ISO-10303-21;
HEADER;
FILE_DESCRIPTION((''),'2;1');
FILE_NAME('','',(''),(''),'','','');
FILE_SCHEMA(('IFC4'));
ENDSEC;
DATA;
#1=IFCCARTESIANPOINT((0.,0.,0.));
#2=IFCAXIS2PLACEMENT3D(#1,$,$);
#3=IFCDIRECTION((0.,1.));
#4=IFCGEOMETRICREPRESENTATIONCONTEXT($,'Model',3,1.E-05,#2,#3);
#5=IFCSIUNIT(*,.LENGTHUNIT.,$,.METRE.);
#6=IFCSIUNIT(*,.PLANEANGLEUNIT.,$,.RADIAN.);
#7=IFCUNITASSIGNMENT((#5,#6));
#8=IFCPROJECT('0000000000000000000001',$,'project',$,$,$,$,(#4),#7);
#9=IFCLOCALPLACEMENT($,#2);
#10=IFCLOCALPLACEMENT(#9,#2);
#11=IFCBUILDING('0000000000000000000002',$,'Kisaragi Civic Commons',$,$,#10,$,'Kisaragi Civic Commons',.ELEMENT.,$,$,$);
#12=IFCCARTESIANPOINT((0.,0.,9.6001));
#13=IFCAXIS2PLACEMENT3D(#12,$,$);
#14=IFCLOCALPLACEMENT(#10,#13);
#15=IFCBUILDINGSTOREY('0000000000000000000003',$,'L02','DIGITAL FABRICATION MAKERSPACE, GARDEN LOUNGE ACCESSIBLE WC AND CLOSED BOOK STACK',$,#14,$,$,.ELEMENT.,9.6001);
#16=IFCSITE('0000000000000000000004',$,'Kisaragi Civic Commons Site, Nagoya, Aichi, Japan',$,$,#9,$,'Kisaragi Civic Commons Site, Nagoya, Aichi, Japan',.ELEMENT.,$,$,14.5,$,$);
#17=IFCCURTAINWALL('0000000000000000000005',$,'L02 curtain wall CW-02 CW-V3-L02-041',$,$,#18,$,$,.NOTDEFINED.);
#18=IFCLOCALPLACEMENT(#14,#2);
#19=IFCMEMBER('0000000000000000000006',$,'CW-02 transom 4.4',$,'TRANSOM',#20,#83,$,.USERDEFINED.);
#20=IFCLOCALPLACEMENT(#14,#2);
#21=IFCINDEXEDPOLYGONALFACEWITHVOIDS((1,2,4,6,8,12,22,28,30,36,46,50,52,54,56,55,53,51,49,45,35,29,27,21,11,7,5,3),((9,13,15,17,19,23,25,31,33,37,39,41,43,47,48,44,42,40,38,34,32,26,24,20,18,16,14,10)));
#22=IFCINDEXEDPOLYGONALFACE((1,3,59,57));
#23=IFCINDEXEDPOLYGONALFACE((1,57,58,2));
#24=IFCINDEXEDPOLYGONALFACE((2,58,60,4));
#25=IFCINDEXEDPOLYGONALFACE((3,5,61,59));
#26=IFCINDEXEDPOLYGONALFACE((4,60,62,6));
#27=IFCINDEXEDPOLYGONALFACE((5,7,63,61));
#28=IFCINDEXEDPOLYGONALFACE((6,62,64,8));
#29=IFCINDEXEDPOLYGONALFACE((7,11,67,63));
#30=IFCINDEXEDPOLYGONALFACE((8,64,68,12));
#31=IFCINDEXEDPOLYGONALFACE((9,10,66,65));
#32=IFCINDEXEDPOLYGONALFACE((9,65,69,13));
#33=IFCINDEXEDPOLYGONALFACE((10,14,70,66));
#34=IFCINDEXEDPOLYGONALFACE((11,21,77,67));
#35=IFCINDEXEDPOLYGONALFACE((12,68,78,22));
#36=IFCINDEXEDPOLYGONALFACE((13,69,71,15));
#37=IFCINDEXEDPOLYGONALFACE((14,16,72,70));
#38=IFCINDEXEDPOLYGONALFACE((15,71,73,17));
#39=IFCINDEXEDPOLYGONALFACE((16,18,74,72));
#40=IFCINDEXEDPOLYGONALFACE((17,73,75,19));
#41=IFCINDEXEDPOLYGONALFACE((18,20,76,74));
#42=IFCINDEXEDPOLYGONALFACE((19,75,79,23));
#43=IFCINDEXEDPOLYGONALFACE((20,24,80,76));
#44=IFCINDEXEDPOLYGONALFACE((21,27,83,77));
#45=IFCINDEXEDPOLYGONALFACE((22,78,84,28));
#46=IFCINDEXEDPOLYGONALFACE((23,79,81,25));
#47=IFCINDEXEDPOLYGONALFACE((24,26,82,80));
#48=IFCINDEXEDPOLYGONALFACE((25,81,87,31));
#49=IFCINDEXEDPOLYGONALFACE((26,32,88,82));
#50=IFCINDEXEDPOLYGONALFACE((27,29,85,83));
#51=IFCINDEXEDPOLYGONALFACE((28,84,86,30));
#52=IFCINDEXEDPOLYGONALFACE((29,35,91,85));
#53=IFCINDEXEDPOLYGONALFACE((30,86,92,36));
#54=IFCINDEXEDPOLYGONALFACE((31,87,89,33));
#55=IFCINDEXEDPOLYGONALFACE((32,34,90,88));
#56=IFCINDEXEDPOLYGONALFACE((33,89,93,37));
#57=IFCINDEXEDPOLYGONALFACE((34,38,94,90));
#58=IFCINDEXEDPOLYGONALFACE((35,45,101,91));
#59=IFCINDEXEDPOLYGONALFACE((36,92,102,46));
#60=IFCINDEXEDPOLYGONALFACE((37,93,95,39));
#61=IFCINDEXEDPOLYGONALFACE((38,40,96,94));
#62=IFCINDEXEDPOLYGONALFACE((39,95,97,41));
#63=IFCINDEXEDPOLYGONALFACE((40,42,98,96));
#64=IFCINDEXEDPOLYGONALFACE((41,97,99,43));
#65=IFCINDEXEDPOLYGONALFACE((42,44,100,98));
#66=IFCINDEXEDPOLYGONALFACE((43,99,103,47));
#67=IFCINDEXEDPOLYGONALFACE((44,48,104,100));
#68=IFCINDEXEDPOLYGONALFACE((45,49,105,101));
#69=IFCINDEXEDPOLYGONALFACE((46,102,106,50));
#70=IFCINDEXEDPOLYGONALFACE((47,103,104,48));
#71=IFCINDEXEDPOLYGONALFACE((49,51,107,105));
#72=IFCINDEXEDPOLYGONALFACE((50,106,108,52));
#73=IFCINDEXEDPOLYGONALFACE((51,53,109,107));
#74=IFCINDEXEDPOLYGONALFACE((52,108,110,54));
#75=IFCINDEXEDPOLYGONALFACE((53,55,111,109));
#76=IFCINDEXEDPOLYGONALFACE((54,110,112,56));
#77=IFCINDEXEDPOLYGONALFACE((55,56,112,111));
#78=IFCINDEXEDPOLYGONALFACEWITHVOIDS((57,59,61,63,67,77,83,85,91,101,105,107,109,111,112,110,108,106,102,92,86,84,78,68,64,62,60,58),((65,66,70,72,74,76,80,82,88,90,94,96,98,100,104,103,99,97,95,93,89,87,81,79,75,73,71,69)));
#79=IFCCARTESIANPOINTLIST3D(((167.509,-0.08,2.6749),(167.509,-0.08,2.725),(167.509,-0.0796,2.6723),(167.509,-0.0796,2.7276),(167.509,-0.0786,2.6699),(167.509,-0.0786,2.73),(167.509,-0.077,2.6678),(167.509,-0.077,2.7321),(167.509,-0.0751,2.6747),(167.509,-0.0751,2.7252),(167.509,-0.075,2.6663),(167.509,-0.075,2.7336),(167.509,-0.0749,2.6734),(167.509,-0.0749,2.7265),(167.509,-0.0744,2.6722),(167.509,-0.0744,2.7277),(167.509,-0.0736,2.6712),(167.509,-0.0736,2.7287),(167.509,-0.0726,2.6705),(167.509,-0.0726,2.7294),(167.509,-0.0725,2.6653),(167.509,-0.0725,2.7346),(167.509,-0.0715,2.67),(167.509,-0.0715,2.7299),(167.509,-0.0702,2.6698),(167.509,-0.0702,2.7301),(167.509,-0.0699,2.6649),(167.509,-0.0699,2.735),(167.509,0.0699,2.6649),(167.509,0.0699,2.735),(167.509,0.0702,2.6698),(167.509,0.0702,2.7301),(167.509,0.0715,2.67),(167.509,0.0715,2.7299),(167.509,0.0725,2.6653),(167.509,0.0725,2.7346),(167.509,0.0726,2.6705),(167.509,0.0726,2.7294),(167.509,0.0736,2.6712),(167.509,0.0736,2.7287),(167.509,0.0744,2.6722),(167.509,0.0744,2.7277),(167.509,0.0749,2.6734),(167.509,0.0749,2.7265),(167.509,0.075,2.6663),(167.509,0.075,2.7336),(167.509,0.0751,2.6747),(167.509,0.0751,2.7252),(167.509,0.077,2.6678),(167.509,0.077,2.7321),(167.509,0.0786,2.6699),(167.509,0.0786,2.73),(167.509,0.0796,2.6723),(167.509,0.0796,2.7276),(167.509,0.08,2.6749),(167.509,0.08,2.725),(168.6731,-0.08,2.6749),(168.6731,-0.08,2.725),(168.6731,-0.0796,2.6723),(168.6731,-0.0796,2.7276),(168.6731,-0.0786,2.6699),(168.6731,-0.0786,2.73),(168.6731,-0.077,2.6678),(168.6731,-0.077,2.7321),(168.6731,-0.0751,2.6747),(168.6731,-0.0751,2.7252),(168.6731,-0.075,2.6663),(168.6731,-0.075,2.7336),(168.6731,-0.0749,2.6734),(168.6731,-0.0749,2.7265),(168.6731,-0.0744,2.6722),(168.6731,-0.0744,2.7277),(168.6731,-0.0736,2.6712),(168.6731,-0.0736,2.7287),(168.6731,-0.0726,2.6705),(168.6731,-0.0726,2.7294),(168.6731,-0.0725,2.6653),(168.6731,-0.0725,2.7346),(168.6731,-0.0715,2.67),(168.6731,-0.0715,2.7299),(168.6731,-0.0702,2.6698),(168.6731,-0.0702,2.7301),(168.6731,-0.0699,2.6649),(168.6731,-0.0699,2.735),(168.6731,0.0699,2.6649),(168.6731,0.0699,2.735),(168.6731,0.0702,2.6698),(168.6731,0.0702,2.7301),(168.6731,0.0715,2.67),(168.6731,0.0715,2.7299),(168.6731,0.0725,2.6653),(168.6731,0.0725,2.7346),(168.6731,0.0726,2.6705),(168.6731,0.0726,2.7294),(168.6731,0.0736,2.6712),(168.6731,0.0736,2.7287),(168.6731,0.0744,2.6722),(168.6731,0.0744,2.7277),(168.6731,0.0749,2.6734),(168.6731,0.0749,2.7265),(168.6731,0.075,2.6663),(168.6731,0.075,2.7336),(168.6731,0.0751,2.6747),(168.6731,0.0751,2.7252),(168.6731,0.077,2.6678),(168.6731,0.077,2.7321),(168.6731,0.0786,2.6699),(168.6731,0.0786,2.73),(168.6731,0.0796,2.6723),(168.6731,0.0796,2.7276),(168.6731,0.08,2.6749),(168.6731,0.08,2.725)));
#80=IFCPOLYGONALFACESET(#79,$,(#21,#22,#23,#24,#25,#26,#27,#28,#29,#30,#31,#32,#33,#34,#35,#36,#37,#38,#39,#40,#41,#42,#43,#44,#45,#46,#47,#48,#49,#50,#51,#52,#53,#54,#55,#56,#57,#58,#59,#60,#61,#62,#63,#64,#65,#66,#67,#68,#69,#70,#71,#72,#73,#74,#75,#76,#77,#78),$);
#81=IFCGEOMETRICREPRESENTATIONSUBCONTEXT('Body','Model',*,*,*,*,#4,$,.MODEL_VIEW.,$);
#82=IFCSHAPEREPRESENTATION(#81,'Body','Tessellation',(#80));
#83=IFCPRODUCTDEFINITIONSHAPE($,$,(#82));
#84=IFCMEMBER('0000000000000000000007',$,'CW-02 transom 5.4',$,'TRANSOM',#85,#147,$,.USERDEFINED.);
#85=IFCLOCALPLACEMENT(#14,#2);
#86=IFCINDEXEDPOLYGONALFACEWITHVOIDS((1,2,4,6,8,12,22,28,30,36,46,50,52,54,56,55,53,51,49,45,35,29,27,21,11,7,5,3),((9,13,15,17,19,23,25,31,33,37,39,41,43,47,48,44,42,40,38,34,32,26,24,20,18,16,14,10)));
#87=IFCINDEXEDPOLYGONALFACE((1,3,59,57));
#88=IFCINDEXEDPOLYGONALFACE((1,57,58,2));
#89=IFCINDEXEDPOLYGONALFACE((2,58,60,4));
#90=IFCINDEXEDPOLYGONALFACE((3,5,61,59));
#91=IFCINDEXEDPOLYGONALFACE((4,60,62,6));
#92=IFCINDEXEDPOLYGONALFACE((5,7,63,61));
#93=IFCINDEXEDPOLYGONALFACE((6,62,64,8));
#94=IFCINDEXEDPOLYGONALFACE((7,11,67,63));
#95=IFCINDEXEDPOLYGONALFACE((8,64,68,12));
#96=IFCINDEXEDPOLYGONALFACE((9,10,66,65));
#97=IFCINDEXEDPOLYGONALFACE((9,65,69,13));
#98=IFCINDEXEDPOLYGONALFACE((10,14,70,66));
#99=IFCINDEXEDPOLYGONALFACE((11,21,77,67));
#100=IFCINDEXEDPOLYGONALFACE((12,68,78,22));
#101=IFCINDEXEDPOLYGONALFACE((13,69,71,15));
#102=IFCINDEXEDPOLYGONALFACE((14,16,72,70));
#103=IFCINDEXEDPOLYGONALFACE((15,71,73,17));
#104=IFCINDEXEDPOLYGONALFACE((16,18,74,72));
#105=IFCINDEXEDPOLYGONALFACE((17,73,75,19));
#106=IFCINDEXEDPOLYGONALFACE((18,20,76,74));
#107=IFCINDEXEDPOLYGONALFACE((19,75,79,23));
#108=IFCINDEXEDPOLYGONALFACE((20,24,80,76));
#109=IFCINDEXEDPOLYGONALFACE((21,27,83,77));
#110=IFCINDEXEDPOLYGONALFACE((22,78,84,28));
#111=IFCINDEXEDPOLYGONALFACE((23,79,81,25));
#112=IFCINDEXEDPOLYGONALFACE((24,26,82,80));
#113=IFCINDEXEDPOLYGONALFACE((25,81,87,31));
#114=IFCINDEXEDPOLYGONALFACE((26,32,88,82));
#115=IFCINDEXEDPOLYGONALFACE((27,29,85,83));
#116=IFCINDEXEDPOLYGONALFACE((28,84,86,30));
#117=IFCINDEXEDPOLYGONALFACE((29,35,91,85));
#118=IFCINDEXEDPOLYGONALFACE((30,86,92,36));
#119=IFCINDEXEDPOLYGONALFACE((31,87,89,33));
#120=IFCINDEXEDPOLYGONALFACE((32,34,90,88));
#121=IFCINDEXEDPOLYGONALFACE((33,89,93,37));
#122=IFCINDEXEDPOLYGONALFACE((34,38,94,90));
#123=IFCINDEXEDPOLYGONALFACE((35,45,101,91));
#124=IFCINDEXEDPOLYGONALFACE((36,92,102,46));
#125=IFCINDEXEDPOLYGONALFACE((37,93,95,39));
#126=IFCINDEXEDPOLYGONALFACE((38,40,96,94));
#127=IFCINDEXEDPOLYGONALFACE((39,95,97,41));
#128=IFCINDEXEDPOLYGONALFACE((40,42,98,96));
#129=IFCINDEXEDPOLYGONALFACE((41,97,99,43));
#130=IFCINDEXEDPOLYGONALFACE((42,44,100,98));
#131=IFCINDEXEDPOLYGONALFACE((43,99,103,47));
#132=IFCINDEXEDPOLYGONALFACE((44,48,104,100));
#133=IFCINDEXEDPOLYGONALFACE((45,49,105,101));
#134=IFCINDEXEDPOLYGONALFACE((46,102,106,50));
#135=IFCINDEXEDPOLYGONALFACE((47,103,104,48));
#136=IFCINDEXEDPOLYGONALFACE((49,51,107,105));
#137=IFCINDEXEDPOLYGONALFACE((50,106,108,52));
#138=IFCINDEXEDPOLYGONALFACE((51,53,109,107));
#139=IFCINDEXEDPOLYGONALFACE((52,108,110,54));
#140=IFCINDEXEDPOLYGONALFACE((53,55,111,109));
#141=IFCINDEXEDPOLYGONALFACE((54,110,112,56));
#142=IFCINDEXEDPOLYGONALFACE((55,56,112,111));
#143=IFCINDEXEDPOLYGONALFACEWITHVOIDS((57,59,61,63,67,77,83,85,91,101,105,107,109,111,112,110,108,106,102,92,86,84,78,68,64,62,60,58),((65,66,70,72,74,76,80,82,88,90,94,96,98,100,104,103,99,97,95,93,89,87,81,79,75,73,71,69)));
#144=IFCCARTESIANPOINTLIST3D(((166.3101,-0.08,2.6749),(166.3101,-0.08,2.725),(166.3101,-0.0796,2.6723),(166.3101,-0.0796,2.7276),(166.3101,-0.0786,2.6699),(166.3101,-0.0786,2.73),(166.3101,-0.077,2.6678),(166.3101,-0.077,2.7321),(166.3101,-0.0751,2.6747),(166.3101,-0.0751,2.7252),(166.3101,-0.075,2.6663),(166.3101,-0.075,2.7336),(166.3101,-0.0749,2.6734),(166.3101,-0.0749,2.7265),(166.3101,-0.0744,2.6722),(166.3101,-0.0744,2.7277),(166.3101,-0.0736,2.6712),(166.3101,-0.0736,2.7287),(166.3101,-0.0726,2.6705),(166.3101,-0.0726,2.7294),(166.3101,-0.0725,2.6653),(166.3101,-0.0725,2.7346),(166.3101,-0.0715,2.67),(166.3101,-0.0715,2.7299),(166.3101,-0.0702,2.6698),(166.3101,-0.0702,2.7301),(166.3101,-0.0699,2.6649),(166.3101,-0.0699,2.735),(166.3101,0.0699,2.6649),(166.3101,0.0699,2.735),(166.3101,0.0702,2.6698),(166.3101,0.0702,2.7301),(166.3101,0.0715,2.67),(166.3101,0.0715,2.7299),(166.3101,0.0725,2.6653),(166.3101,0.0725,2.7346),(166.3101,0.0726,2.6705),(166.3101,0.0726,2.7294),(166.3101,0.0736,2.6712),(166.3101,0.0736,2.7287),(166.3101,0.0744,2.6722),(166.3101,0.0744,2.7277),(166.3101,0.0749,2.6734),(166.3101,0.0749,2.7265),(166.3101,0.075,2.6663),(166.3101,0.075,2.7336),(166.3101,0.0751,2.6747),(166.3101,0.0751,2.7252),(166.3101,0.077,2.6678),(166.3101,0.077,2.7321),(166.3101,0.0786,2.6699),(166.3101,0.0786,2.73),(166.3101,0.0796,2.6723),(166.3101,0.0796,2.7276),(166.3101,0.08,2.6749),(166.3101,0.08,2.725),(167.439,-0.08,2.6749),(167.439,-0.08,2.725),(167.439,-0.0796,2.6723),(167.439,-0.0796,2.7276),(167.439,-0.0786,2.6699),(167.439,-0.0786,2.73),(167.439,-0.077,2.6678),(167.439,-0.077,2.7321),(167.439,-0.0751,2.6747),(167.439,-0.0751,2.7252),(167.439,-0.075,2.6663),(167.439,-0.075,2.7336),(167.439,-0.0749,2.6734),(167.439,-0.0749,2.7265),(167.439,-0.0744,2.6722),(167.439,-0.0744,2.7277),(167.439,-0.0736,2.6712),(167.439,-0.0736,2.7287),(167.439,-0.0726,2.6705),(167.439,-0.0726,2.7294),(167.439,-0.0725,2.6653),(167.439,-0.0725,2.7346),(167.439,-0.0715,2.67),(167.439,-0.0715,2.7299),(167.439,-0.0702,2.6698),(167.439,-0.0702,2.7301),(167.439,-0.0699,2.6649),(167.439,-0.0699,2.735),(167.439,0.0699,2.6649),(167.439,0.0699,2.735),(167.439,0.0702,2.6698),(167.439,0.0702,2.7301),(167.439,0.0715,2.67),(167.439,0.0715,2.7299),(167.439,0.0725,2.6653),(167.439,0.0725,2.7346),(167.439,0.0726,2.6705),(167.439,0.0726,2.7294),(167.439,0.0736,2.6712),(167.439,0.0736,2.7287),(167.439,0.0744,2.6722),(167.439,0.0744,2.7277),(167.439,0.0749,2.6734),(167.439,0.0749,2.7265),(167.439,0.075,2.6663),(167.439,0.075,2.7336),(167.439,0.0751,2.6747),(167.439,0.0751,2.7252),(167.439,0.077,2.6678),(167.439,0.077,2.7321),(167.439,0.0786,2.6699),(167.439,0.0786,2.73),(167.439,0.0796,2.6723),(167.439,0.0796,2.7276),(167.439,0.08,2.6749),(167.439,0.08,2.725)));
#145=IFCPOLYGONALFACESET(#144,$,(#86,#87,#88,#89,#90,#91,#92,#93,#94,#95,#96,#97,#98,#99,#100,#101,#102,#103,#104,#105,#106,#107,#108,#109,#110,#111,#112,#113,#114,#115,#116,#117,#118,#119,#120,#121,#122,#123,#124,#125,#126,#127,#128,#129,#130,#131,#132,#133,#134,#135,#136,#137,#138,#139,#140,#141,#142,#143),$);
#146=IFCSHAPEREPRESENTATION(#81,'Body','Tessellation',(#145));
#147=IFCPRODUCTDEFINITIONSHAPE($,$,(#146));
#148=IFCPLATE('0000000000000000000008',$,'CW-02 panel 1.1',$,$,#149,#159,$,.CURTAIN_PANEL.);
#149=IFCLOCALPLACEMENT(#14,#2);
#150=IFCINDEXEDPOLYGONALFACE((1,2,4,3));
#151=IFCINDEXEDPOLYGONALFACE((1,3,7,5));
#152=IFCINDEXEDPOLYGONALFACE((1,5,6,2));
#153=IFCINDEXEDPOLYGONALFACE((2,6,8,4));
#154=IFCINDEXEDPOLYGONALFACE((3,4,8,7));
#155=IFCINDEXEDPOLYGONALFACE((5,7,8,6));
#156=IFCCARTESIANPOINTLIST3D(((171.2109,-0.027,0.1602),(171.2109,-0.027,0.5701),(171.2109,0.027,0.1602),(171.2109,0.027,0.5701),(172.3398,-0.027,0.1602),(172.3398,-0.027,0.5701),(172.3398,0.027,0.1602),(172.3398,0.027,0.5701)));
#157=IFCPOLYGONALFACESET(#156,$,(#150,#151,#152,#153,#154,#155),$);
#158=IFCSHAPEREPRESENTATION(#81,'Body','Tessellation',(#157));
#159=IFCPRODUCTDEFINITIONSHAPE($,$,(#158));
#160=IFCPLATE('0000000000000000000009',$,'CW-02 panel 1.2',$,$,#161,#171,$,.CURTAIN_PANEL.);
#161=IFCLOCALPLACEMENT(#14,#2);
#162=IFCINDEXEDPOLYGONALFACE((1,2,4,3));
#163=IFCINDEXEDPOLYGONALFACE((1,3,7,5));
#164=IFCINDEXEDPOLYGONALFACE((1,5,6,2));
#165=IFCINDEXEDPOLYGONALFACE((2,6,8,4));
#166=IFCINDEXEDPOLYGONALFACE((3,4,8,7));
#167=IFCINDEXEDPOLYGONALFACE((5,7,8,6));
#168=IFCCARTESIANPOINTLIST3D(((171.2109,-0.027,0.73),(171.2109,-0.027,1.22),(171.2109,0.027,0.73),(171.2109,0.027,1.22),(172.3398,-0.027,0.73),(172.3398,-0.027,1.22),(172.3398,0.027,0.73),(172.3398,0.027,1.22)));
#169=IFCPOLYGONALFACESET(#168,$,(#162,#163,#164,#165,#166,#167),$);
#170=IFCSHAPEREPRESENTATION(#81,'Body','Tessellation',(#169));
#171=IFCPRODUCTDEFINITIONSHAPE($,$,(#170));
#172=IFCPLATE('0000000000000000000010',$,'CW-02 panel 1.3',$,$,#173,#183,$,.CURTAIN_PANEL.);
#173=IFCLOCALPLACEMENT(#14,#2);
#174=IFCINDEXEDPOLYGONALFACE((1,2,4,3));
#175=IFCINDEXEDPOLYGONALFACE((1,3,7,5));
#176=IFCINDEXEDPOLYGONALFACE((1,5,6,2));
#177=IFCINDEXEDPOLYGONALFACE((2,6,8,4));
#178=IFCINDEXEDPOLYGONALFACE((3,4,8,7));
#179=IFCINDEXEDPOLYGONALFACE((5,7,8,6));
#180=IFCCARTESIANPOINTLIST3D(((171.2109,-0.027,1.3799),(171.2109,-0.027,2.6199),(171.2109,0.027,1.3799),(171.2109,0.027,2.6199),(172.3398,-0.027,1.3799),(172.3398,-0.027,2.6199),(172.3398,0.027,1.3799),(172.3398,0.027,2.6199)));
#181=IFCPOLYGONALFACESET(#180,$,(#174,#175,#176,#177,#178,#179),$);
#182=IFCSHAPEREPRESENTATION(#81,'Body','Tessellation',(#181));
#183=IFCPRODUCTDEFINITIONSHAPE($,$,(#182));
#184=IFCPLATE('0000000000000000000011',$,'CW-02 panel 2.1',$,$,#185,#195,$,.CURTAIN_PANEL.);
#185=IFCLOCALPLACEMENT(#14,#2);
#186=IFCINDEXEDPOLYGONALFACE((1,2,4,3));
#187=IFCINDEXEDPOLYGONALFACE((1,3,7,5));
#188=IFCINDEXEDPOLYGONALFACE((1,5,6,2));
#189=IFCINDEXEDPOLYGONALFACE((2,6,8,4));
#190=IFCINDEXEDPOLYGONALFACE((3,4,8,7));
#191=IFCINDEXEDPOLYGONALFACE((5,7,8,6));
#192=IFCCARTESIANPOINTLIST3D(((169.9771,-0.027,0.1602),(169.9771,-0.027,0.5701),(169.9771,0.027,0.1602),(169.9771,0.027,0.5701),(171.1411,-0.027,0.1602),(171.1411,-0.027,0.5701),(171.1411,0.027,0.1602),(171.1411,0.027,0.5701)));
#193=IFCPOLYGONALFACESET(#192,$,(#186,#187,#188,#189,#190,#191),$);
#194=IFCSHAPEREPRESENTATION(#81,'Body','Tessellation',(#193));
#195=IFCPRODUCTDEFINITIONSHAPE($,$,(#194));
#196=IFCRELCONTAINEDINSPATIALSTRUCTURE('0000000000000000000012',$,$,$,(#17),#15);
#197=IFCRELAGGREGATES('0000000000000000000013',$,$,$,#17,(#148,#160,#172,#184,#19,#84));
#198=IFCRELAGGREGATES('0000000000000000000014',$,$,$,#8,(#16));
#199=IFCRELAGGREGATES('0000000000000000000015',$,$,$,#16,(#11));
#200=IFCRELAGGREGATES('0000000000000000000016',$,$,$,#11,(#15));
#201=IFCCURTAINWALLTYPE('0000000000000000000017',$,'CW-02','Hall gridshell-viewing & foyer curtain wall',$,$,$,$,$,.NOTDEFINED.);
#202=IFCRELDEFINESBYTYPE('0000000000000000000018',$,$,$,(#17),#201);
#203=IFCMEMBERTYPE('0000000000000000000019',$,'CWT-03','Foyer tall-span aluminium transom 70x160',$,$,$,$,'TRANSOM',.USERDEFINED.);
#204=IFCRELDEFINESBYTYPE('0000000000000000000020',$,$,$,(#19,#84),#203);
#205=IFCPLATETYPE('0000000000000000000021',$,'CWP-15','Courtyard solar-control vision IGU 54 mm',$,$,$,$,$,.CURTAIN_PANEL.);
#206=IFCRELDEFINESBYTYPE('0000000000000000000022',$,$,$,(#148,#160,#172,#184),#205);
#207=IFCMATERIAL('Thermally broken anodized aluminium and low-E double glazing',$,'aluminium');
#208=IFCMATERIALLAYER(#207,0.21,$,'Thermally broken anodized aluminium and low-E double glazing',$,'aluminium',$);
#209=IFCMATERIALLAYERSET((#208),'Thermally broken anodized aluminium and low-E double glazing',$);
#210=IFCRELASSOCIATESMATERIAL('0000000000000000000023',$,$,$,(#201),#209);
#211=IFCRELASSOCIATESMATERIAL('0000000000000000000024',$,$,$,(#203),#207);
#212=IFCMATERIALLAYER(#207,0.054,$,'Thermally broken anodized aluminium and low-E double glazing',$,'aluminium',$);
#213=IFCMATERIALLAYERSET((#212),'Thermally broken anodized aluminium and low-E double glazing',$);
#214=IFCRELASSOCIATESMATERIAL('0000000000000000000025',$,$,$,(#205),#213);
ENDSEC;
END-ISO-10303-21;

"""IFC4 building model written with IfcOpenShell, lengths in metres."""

from ifc_helpers import new_model, si_unit, direction, frame, origin, origin_2d, place, context, subcontext, project, spatial, rectangle, hollow_rectangle, extrude, material, layer, layer_set, material_profile, profile_set, type_object, element, aggregate, save


model = new_model("IFC4")

# Units and contexts
model_context = context("Model", 3, precision=1e-05, world=origin(), true_north=direction((0.0, 1.0)))
body_context = subcontext(model_context, "Body", "Model", "MODEL_VIEW")
ifc_project = project(units=[si_unit("LENGTHUNIT", "METRE"), si_unit("PLANEANGLEUNIT", "RADIAN")], contexts=[model_context])

# Site, building, storey
site_placement = place(None, origin())
site = spatial("IfcSite", under=ifc_project, at=site_placement, Name="Kisaragi Civic Commons Site, Nagoya, Aichi, Japan", LongName="Kisaragi Civic Commons Site, Nagoya, Aichi, Japan", CompositionType="ELEMENT", RefElevation=14.5)
building_placement = place(site_placement, origin())
building = spatial("IfcBuilding", under=site, at=building_placement, Name="Kisaragi Civic Commons", LongName="Kisaragi Civic Commons", CompositionType="ELEMENT")
storey_placement = place(building_placement, frame((0.0, 0.0, 9.6001)))
storey = spatial("IfcBuildingStorey", under=building, at=storey_placement, Name="L02", Description="DIGITAL FABRICATION MAKERSPACE, GARDEN LOUNGE ACCESSIBLE WC AND CLOSED BOOK STACK", CompositionType="ELEMENT", Elevation=9.6001)

# Curtain wall, members, plates
ifc_material_1 = material(Name="Thermally broken anodized aluminium and low-E double glazing", Category="aluminium")
ifc_layer_1 = layer(ifc_material_1, 0.21, Name="Thermally broken anodized aluminium and low-E double glazing", Category="aluminium")
ifc_layer_set_1 = layer_set([ifc_layer_1], Name="Thermally broken anodized aluminium and low-E double glazing")
curtain_wall_type = type_object("IfcCurtainWallType", Name="CW-02", Description="Hall gridshell-viewing & foyer curtain wall", PredefinedType="NOTDEFINED", material=ifc_layer_set_1)
curtain_wall_placement = place(storey_placement, origin())
curtain_wall = element("IfcCurtainWall", 1, at=curtain_wall_placement, inside=storey, type_object=curtain_wall_type, Name="L02 curtain wall CW-02 CW-V3-L02-041", PredefinedType="NOTDEFINED")
ifc_material_profile_1 = material_profile(ifc_material_1, hollow_rectangle(XDim=0.1599, YDim=0.0701, WallThickness=0.0049, InnerFilletRadius=0.0049, OuterFilletRadius=0.01, at=origin_2d()), Name="CWT-70x160x5", Category="aluminium")
ifc_profile_set_1 = profile_set([ifc_material_profile_1], Name="Thermally broken anodized aluminium and low-E double glazing")
member_type_1 = type_object("IfcMemberType", Name="CWT-03", Description="Foyer tall-span aluminium transom 70x160", ElementType="TRANSOM", PredefinedType="USERDEFINED", material=ifc_profile_set_1)
member_1_placement = place(storey_placement, frame((168.6731, 0.0, 2.7), z_axis=(-1.0, 0.0, 0.0), x_axis=(0.0, -1.0, 0.0)))
member_1 = element("IfcMember", 2, at=member_1_placement, type_object=member_type_1, Name="CW-02 transom 4.4", ObjectType="TRANSOM", PredefinedType="USERDEFINED", context=body_context, shape_type="SweptSolid", body=[
    extrude(hollow_rectangle(XDim=0.1599, YDim=0.0701, WallThickness=0.0049, InnerFilletRadius=0.0049, OuterFilletRadius=0.01, at=origin_2d()), origin(), (0.0, 0.0, 1.0), 1.1641),
])
member_2_placement = place(storey_placement, frame((167.439, 0.0, 2.7), z_axis=(-1.0, 0.0, 0.0), x_axis=(0.0, -1.0, 0.0)))
member_2 = element("IfcMember", 3, at=member_2_placement, type_object=member_type_1, Name="CW-02 transom 5.4", ObjectType="TRANSOM", PredefinedType="USERDEFINED", context=body_context, shape_type="SweptSolid", body=[
    extrude(hollow_rectangle(XDim=0.1599, YDim=0.0701, WallThickness=0.0049, InnerFilletRadius=0.0049, OuterFilletRadius=0.01, at=origin_2d()), origin(), (0.0, 0.0, 1.0), 1.1289),
])
ifc_layer_2 = layer(ifc_material_1, 0.054, Name="Thermally broken anodized aluminium and low-E double glazing", Category="aluminium")
ifc_layer_set_2 = layer_set([ifc_layer_2], Name="Thermally broken anodized aluminium and low-E double glazing")
plate_type = type_object("IfcPlateType", Name="CWP-15", Description="Courtyard solar-control vision IGU 54 mm", PredefinedType="CURTAIN_PANEL", material=ifc_layer_set_2)
plate_1_placement = place(storey_placement, frame((171.7754, 0.0, 0.1602), z_axis=(0.0, 0.0, 1.0), x_axis=(-1.0, 0.0, 0.0)))
plate_1 = element("IfcPlate", 4, at=plate_1_placement, type_object=plate_type, Name="CW-02 panel 1.1", PredefinedType="CURTAIN_PANEL", context=body_context, shape_type="SweptSolid", body=[
    extrude(rectangle(XDim=1.1289, YDim=0.054, at=origin_2d()), origin(), (0.0, 0.0, 1.0), 0.4099),
])
plate_2_placement = place(storey_placement, frame((171.7754, 0.0, 0.73), z_axis=(0.0, 0.0, 1.0), x_axis=(-1.0, 0.0, 0.0)))
plate_2 = element("IfcPlate", 5, at=plate_2_placement, type_object=plate_type, Name="CW-02 panel 1.2", PredefinedType="CURTAIN_PANEL", context=body_context, shape_type="SweptSolid", body=[
    extrude(rectangle(XDim=1.1289, YDim=0.054, at=origin_2d()), origin(), (0.0, 0.0, 1.0), 0.49),
])
plate_3_placement = place(storey_placement, frame((171.7754, 0.0, 1.3799), z_axis=(0.0, 0.0, 1.0), x_axis=(-1.0, 0.0, 0.0)))
plate_3 = element("IfcPlate", 6, at=plate_3_placement, type_object=plate_type, Name="CW-02 panel 1.3", PredefinedType="CURTAIN_PANEL", context=body_context, shape_type="SweptSolid", body=[
    extrude(rectangle(XDim=1.1289, YDim=0.054, at=origin_2d()), origin(), (0.0, 0.0, 1.0), 1.24),
])
plate_4_placement = place(storey_placement, frame((170.5591, 0.0, 0.1602), z_axis=(0.0, 0.0, 1.0), x_axis=(-1.0, 0.0, 0.0)))
plate_4 = element("IfcPlate", 7, at=plate_4_placement, type_object=plate_type, Name="CW-02 panel 2.1", PredefinedType="CURTAIN_PANEL", context=body_context, shape_type="SweptSolid", body=[
    extrude(rectangle(XDim=1.1641, YDim=0.054, at=origin_2d()), origin(), (0.0, 0.0, 1.0), 0.4099),
])
aggregate(curtain_wall, [plate_1, plate_2, plate_3, plate_4, member_1, member_2])

save(model, "model.ifc")
